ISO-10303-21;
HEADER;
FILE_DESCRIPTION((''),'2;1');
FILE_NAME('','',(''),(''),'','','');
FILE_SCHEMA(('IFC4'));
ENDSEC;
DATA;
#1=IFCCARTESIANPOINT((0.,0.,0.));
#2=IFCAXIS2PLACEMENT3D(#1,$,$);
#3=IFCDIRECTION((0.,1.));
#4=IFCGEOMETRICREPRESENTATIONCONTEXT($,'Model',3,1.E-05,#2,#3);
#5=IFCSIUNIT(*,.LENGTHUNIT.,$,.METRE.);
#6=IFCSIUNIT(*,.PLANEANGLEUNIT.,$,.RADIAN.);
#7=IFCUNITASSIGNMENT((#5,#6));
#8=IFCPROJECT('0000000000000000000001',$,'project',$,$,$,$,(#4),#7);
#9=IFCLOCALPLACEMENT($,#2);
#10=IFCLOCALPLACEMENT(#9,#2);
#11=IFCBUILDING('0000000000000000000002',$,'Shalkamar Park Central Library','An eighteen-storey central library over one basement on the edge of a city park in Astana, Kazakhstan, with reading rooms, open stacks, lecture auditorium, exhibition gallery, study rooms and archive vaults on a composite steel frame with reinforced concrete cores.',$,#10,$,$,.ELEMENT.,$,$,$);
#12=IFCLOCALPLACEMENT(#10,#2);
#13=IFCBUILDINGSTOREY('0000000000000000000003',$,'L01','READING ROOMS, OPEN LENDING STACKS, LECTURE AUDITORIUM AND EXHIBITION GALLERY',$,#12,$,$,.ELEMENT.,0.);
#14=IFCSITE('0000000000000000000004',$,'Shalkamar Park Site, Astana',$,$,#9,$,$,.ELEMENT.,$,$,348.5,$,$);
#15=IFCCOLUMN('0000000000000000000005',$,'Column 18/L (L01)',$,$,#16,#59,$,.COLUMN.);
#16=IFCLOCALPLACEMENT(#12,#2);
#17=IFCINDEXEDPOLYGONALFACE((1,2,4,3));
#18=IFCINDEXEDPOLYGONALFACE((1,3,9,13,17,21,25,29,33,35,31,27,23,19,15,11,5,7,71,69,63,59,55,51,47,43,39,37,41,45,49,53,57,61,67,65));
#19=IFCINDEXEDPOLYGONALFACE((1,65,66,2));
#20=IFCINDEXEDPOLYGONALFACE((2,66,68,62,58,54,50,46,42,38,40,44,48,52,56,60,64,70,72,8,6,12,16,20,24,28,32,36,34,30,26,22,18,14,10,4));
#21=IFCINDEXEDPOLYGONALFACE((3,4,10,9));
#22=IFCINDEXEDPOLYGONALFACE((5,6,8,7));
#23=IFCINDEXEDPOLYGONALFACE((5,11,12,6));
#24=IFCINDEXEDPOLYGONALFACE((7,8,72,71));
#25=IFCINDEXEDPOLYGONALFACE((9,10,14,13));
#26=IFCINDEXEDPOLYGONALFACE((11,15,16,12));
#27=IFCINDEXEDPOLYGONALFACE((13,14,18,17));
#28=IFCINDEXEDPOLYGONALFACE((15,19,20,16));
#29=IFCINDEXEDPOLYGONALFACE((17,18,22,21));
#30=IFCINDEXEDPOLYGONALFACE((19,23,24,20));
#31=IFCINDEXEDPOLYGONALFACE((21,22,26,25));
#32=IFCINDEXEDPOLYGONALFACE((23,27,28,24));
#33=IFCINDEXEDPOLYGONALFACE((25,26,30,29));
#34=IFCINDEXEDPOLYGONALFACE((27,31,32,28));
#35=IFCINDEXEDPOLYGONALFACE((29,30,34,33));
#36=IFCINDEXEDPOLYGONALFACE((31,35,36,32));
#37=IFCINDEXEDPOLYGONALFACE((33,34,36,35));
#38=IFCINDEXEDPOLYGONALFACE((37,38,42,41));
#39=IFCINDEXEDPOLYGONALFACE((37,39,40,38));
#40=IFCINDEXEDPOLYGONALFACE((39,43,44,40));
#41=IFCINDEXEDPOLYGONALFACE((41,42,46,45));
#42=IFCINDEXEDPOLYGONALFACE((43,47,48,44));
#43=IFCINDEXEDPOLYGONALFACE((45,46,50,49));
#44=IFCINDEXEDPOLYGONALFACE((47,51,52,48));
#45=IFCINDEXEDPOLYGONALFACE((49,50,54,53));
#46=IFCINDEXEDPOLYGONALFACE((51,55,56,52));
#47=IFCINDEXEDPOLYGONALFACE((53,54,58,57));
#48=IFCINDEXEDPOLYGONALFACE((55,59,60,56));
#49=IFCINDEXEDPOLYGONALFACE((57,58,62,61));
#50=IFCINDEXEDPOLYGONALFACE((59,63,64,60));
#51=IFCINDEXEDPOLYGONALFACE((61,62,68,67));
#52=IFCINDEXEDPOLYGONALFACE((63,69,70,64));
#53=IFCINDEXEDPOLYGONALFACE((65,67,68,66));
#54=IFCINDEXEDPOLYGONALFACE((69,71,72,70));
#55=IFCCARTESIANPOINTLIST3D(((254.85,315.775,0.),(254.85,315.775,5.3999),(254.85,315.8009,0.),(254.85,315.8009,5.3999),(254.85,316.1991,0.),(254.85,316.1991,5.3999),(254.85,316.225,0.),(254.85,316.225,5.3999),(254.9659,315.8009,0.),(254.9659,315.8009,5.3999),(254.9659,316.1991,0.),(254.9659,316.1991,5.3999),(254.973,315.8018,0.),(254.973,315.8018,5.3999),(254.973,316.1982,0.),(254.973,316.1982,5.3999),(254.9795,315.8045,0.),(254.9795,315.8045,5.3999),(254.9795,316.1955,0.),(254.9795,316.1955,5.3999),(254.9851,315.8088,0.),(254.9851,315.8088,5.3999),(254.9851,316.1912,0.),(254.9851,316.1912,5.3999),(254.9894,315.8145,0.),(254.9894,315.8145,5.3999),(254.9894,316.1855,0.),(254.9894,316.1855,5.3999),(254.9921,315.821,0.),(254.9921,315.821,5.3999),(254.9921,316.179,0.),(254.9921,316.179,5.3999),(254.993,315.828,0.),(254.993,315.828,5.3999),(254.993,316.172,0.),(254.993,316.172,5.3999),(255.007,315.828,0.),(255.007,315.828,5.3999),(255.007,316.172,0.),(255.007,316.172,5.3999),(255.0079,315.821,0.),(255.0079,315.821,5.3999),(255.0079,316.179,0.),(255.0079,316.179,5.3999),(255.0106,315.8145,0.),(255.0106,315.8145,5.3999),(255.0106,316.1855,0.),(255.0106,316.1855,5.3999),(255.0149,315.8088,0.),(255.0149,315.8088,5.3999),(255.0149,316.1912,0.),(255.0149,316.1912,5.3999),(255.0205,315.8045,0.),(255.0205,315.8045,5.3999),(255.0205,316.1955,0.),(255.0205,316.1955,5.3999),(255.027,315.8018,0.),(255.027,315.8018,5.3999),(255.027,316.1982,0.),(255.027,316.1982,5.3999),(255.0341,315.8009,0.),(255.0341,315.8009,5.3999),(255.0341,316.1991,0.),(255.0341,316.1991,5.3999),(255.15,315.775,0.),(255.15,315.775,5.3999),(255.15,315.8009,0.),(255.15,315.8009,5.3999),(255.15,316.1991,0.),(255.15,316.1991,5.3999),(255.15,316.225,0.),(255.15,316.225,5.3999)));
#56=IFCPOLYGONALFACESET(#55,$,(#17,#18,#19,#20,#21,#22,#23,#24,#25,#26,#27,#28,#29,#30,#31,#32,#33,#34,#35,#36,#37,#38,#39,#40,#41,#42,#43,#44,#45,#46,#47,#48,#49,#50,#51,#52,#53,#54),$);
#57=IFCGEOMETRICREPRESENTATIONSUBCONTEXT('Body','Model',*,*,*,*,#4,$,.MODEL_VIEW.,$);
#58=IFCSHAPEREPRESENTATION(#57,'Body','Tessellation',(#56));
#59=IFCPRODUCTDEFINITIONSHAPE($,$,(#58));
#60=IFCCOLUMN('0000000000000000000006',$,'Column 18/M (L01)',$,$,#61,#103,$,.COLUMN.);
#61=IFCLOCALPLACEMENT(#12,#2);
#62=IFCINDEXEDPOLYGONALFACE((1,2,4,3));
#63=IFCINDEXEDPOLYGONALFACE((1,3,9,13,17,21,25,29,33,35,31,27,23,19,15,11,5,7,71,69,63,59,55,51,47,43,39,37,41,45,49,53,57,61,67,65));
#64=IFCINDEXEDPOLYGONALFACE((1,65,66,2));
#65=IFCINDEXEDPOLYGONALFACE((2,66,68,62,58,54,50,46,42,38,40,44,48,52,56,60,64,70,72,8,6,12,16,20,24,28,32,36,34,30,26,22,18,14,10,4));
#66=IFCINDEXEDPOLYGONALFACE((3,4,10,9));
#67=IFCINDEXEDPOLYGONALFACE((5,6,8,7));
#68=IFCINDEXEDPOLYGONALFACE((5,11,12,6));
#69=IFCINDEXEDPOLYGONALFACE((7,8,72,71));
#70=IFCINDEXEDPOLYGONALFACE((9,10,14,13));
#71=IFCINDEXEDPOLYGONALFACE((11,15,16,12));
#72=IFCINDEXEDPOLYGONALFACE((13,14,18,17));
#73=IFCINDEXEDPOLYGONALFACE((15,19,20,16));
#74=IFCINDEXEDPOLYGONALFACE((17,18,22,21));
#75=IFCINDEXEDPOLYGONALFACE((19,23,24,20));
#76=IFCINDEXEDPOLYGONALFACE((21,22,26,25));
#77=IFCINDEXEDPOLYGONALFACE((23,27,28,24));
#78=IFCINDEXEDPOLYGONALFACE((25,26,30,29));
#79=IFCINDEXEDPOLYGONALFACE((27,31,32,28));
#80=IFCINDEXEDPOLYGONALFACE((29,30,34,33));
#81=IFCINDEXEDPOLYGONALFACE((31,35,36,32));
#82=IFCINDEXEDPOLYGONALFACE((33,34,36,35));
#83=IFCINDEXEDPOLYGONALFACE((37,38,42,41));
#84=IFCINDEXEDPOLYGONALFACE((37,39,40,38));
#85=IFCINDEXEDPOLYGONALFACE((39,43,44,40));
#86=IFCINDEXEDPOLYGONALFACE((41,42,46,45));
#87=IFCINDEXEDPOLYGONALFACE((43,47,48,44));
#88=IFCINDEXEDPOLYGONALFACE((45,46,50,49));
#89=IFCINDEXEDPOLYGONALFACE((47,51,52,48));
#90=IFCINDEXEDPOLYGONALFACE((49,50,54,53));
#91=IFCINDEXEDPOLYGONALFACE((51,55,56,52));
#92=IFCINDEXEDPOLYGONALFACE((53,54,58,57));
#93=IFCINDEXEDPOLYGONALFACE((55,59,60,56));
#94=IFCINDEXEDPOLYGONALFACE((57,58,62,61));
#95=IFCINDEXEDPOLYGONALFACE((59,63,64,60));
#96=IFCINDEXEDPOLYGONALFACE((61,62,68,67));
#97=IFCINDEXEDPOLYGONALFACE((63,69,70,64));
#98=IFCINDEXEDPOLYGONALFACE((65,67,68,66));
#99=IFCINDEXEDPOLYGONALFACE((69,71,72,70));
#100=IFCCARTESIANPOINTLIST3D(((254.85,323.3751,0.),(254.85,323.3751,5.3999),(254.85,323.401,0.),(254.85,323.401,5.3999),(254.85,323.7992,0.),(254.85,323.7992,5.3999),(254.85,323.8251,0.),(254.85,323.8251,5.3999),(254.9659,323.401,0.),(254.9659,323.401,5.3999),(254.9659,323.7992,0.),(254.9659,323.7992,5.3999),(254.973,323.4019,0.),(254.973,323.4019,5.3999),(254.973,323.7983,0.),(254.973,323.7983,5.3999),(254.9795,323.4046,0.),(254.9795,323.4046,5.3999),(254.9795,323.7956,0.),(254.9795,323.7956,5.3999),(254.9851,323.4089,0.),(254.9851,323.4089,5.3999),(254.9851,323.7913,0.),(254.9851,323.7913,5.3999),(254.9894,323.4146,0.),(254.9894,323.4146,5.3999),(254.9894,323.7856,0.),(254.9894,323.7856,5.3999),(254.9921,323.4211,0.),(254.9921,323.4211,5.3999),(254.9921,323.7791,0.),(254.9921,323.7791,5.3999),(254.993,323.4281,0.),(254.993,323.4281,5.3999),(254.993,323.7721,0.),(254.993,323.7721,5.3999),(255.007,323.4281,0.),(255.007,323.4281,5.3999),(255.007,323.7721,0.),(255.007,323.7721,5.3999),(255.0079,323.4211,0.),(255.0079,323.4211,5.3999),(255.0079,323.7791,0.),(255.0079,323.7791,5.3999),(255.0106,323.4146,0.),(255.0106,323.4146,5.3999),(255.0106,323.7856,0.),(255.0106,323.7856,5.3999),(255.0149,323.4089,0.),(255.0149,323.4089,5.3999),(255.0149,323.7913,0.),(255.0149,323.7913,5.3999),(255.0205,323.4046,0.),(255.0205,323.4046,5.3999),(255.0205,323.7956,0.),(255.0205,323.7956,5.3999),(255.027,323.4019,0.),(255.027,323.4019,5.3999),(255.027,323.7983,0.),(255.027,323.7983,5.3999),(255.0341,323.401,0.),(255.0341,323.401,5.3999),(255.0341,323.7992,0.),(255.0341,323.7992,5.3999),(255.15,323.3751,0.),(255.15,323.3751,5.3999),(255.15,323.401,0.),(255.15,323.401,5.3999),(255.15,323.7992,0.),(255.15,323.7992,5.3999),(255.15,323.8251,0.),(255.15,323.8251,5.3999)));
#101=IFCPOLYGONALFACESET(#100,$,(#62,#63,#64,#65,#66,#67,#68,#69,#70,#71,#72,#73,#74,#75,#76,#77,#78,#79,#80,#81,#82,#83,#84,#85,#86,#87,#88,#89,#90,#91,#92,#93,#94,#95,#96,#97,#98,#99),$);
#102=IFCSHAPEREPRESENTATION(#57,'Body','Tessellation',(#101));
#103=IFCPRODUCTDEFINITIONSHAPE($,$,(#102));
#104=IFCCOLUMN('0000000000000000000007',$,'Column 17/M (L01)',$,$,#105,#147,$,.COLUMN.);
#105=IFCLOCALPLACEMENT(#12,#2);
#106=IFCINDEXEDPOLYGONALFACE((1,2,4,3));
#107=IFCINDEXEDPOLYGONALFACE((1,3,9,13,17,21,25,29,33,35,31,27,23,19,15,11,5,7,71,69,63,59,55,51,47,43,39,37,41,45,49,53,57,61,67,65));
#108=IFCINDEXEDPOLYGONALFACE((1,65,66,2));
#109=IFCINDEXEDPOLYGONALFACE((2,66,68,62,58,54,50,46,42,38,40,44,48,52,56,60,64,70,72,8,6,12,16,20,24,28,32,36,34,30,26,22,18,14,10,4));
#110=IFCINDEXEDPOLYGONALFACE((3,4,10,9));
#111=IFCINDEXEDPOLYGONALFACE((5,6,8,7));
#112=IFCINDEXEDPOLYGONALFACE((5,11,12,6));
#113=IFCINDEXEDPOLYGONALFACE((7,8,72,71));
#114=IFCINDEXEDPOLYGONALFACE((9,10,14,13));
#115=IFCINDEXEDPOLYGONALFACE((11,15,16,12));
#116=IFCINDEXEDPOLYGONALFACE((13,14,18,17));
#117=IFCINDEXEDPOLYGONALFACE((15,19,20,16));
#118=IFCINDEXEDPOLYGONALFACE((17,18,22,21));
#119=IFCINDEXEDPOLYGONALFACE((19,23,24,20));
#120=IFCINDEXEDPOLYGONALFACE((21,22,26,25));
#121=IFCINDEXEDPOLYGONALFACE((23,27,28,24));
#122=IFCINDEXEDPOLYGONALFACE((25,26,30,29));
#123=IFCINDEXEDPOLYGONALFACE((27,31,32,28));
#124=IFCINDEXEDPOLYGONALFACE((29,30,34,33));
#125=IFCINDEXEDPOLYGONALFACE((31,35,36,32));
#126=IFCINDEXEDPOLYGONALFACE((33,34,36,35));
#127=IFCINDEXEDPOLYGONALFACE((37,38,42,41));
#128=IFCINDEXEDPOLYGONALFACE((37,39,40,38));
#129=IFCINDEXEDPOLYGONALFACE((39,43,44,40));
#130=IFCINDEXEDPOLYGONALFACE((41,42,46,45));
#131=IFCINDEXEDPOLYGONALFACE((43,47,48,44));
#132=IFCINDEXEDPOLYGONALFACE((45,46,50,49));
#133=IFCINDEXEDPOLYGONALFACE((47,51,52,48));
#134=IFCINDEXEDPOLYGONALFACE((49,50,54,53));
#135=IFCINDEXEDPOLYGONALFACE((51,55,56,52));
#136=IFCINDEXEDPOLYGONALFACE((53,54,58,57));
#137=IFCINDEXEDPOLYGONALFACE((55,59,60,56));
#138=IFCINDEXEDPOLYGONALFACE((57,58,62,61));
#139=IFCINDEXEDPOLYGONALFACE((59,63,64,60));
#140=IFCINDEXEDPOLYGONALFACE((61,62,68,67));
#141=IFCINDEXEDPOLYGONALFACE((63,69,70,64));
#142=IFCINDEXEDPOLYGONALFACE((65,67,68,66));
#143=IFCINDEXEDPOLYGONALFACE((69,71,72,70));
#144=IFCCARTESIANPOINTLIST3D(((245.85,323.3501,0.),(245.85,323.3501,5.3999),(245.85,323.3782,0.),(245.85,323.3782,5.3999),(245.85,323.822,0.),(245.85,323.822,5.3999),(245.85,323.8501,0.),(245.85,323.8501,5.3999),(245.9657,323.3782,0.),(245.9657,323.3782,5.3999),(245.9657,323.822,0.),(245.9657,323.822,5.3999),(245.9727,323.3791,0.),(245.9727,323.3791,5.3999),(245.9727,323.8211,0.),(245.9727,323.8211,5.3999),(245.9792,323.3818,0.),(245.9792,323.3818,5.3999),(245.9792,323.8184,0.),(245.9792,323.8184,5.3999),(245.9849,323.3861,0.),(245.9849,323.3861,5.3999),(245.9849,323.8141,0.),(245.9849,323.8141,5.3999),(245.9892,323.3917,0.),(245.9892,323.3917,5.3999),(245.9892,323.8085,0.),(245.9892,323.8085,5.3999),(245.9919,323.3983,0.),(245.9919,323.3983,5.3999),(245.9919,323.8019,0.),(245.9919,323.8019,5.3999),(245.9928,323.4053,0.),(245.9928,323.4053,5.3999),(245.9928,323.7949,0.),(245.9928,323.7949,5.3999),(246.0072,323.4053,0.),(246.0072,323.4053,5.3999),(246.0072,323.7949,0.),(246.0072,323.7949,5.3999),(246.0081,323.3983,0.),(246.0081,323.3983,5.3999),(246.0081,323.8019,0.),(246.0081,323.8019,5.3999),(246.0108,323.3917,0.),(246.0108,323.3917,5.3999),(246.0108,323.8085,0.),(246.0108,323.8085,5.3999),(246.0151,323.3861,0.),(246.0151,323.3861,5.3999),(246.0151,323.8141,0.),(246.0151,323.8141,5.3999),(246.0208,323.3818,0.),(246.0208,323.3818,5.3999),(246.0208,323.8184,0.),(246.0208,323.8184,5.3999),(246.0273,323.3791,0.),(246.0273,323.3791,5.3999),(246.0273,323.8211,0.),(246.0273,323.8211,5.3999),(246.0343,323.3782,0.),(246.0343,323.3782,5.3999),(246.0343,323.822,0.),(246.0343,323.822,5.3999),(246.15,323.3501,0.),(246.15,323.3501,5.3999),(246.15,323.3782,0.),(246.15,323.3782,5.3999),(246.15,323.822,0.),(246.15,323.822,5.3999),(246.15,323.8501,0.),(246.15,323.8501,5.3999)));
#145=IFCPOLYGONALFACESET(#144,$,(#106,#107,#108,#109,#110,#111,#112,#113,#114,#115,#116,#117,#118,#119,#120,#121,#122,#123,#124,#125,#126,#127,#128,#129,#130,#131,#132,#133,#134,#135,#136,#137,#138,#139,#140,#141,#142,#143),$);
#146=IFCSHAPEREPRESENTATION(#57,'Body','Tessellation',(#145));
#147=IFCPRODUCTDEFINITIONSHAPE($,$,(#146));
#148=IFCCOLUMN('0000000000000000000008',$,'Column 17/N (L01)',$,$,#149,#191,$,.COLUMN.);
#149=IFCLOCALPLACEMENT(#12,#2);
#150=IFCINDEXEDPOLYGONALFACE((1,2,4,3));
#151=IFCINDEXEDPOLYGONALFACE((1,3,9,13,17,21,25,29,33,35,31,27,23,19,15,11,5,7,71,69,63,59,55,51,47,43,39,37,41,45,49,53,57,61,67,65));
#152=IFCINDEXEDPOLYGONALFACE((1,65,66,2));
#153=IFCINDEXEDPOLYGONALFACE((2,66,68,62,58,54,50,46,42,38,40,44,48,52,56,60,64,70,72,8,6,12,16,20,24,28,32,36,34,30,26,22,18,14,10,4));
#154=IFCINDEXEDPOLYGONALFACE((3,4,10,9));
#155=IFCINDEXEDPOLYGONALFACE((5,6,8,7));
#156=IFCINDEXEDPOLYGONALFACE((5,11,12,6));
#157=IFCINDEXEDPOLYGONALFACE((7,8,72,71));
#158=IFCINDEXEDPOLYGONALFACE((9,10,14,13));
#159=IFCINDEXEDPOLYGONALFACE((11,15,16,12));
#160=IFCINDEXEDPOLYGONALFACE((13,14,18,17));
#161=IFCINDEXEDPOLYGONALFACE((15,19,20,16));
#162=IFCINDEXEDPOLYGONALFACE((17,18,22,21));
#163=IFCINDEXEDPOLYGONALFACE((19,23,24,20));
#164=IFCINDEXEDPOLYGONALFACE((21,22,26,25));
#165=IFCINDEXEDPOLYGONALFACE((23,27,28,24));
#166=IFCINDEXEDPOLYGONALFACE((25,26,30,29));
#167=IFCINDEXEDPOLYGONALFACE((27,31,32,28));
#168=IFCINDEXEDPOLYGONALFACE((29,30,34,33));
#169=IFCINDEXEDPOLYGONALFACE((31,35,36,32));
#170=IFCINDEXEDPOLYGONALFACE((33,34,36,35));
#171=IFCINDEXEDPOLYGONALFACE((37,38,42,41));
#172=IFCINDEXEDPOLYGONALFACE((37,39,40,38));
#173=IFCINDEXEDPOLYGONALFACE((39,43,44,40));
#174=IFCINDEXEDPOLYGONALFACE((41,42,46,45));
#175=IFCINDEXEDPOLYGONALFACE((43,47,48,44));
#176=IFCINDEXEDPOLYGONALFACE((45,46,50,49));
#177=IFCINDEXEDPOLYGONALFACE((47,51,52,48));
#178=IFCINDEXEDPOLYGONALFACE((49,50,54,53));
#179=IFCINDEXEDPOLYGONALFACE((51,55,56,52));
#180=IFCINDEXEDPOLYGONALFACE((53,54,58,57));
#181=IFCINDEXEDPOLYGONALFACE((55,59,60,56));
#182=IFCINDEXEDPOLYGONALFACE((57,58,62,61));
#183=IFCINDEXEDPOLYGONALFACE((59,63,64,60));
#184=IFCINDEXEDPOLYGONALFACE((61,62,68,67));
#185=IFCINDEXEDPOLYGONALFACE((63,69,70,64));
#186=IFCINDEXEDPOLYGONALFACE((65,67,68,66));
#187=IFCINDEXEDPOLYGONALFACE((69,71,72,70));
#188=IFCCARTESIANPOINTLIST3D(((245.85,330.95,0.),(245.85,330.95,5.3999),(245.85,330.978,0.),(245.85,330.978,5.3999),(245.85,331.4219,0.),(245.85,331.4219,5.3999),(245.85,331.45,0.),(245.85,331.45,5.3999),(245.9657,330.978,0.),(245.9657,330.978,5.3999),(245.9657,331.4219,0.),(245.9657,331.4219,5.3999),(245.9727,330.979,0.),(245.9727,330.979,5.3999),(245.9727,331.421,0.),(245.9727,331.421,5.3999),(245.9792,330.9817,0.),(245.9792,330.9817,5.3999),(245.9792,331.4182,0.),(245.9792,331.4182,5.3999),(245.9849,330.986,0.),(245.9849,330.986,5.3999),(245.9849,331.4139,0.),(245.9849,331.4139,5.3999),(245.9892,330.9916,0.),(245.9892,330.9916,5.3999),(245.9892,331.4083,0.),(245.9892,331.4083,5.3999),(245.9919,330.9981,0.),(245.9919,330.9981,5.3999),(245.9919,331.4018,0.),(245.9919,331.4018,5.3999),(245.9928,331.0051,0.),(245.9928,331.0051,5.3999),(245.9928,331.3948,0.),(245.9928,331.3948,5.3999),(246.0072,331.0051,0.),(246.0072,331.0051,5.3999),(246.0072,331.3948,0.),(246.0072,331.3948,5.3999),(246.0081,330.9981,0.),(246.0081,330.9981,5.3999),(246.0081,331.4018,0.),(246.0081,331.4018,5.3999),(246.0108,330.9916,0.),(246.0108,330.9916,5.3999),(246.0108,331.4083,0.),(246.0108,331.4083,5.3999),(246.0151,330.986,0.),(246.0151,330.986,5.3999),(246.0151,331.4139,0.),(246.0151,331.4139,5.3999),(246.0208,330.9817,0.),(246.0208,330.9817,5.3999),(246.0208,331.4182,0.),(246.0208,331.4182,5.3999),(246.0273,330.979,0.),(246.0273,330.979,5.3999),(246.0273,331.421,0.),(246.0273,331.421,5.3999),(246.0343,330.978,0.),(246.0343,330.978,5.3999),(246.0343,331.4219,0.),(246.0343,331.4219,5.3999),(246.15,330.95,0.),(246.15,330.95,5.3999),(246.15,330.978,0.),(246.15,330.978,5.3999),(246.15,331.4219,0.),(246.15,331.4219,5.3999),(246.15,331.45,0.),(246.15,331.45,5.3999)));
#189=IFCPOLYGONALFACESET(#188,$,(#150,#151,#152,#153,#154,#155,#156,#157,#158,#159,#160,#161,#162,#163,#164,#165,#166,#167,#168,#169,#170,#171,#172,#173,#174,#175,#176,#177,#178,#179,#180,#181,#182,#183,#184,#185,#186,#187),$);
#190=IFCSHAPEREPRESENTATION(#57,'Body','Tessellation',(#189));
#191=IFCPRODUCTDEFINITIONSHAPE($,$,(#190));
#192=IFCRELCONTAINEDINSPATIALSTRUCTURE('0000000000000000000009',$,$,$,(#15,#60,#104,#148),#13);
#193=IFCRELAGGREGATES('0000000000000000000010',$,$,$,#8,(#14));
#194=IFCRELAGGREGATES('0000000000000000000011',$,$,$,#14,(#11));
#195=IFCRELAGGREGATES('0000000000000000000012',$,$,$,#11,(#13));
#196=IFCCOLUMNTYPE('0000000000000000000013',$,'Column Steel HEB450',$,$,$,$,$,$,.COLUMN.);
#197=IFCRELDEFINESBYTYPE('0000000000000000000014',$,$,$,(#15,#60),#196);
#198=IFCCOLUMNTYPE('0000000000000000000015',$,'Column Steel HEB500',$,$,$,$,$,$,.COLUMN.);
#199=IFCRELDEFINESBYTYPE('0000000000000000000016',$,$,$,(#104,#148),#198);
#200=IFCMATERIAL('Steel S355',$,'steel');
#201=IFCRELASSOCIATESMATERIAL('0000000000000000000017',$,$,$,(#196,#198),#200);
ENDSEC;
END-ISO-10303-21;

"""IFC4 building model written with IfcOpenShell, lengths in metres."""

from ifc_helpers import new_model, si_unit, direction, frame, origin, origin_2d, place, context, subcontext, project, spatial, i_section, extrude, material, material_profile, profile_set, type_object, element, save


model = new_model("IFC4")

# Units and contexts
model_context = context("Model", 3, precision=1e-05, world=origin(), true_north=direction((0.0, 1.0)))
body_context = subcontext(model_context, "Body", "Model", "MODEL_VIEW")
ifc_project = project(units=[si_unit("LENGTHUNIT", "METRE"), si_unit("PLANEANGLEUNIT", "RADIAN")], contexts=[model_context])

# Site, building, storey
site_placement = place(None, origin())
site = spatial("IfcSite", under=ifc_project, at=site_placement, Name="Shalkamar Park Site, Astana", CompositionType="ELEMENT", RefElevation=348.5)
building_placement = place(site_placement, origin())
building = spatial("IfcBuilding", under=site, at=building_placement, Name="Shalkamar Park Central Library", Description="An eighteen-storey central library over one basement on the edge of a city park in Astana, Kazakhstan, with reading rooms, open stacks, lecture auditorium, exhibition gallery, study rooms and archive vaults on a composite steel frame with reinforced concrete cores.", CompositionType="ELEMENT")
storey_placement = place(building_placement, origin())
storey = spatial("IfcBuildingStorey", under=building, at=storey_placement, Name="L01", Description="READING ROOMS, OPEN LENDING STACKS, LECTURE AUDITORIUM AND EXHIBITION GALLERY", CompositionType="ELEMENT", Elevation=0.0)

# Columns
ifc_material_1 = material(Name="Steel S355", Category="steel")
ifc_material_profile_1 = material_profile(ifc_material_1, i_section(OverallWidth=0.3, OverallDepth=0.45, WebThickness=0.0139, FlangeThickness=0.0259, FilletRadius=0.0271, at=origin_2d()), Name="HEB 450")
ifc_profile_set_1 = profile_set([ifc_material_profile_1], Name="Steel S355")
column_type_1 = type_object("IfcColumnType", Name="Column Steel HEB450", PredefinedType="COLUMN", material=ifc_profile_set_1)
for number, where, z_axis, x_axis, name in (
    (1, (255.0, 316.0, 0.0), (0.0, 0.0, 1.0), (1.0, 0.0, 0.0), "Column 18/L (L01)"),
    (2, (255.0, 323.6001, 0.0), (0.0, 0.0, 1.0), (1.0, 0.0, 0.0), "Column 18/M (L01)"),
):
    element("IfcColumn", number, at=place(storey_placement, frame(where, z_axis=z_axis, x_axis=x_axis)), inside=storey, type_object=column_type_1, Name=name, PredefinedType="COLUMN", context=body_context, shape_type="SweptSolid", body=[
        extrude(i_section(OverallWidth=0.3, OverallDepth=0.45, WebThickness=0.0139, FlangeThickness=0.0259, FilletRadius=0.0271, at=origin_2d()), origin(), (0.0, 0.0, 1.0), 5.3999),
    ])
ifc_material_profile_2 = material_profile(ifc_material_1, i_section(OverallWidth=0.3, OverallDepth=0.5, WebThickness=0.0144, FlangeThickness=0.0281, FilletRadius=0.0271, at=origin_2d()), Name="HEB 500")
ifc_profile_set_2 = profile_set([ifc_material_profile_2], Name="Steel S355")
column_type_2 = type_object("IfcColumnType", Name="Column Steel HEB500", PredefinedType="COLUMN", material=ifc_profile_set_2)
for number, where, z_axis, x_axis, name in (
    (3, (246.0, 323.6001, 0.0), (0.0, 0.0, 1.0), (1.0, 0.0, 0.0), "Column 17/M (L01)"),
    (4, (246.0, 331.2, 0.0), (0.0, 0.0, 1.0), (1.0, 0.0, 0.0), "Column 17/N (L01)"),
):
    element("IfcColumn", number, at=place(storey_placement, frame(where, z_axis=z_axis, x_axis=x_axis)), inside=storey, type_object=column_type_2, Name=name, PredefinedType="COLUMN", context=body_context, shape_type="SweptSolid", body=[
        extrude(i_section(OverallWidth=0.3, OverallDepth=0.5, WebThickness=0.0144, FlangeThickness=0.0281, FilletRadius=0.0271, at=origin_2d()), origin(), (0.0, 0.0, 1.0), 5.3999),
    ])

save(model, "model.ifc")
